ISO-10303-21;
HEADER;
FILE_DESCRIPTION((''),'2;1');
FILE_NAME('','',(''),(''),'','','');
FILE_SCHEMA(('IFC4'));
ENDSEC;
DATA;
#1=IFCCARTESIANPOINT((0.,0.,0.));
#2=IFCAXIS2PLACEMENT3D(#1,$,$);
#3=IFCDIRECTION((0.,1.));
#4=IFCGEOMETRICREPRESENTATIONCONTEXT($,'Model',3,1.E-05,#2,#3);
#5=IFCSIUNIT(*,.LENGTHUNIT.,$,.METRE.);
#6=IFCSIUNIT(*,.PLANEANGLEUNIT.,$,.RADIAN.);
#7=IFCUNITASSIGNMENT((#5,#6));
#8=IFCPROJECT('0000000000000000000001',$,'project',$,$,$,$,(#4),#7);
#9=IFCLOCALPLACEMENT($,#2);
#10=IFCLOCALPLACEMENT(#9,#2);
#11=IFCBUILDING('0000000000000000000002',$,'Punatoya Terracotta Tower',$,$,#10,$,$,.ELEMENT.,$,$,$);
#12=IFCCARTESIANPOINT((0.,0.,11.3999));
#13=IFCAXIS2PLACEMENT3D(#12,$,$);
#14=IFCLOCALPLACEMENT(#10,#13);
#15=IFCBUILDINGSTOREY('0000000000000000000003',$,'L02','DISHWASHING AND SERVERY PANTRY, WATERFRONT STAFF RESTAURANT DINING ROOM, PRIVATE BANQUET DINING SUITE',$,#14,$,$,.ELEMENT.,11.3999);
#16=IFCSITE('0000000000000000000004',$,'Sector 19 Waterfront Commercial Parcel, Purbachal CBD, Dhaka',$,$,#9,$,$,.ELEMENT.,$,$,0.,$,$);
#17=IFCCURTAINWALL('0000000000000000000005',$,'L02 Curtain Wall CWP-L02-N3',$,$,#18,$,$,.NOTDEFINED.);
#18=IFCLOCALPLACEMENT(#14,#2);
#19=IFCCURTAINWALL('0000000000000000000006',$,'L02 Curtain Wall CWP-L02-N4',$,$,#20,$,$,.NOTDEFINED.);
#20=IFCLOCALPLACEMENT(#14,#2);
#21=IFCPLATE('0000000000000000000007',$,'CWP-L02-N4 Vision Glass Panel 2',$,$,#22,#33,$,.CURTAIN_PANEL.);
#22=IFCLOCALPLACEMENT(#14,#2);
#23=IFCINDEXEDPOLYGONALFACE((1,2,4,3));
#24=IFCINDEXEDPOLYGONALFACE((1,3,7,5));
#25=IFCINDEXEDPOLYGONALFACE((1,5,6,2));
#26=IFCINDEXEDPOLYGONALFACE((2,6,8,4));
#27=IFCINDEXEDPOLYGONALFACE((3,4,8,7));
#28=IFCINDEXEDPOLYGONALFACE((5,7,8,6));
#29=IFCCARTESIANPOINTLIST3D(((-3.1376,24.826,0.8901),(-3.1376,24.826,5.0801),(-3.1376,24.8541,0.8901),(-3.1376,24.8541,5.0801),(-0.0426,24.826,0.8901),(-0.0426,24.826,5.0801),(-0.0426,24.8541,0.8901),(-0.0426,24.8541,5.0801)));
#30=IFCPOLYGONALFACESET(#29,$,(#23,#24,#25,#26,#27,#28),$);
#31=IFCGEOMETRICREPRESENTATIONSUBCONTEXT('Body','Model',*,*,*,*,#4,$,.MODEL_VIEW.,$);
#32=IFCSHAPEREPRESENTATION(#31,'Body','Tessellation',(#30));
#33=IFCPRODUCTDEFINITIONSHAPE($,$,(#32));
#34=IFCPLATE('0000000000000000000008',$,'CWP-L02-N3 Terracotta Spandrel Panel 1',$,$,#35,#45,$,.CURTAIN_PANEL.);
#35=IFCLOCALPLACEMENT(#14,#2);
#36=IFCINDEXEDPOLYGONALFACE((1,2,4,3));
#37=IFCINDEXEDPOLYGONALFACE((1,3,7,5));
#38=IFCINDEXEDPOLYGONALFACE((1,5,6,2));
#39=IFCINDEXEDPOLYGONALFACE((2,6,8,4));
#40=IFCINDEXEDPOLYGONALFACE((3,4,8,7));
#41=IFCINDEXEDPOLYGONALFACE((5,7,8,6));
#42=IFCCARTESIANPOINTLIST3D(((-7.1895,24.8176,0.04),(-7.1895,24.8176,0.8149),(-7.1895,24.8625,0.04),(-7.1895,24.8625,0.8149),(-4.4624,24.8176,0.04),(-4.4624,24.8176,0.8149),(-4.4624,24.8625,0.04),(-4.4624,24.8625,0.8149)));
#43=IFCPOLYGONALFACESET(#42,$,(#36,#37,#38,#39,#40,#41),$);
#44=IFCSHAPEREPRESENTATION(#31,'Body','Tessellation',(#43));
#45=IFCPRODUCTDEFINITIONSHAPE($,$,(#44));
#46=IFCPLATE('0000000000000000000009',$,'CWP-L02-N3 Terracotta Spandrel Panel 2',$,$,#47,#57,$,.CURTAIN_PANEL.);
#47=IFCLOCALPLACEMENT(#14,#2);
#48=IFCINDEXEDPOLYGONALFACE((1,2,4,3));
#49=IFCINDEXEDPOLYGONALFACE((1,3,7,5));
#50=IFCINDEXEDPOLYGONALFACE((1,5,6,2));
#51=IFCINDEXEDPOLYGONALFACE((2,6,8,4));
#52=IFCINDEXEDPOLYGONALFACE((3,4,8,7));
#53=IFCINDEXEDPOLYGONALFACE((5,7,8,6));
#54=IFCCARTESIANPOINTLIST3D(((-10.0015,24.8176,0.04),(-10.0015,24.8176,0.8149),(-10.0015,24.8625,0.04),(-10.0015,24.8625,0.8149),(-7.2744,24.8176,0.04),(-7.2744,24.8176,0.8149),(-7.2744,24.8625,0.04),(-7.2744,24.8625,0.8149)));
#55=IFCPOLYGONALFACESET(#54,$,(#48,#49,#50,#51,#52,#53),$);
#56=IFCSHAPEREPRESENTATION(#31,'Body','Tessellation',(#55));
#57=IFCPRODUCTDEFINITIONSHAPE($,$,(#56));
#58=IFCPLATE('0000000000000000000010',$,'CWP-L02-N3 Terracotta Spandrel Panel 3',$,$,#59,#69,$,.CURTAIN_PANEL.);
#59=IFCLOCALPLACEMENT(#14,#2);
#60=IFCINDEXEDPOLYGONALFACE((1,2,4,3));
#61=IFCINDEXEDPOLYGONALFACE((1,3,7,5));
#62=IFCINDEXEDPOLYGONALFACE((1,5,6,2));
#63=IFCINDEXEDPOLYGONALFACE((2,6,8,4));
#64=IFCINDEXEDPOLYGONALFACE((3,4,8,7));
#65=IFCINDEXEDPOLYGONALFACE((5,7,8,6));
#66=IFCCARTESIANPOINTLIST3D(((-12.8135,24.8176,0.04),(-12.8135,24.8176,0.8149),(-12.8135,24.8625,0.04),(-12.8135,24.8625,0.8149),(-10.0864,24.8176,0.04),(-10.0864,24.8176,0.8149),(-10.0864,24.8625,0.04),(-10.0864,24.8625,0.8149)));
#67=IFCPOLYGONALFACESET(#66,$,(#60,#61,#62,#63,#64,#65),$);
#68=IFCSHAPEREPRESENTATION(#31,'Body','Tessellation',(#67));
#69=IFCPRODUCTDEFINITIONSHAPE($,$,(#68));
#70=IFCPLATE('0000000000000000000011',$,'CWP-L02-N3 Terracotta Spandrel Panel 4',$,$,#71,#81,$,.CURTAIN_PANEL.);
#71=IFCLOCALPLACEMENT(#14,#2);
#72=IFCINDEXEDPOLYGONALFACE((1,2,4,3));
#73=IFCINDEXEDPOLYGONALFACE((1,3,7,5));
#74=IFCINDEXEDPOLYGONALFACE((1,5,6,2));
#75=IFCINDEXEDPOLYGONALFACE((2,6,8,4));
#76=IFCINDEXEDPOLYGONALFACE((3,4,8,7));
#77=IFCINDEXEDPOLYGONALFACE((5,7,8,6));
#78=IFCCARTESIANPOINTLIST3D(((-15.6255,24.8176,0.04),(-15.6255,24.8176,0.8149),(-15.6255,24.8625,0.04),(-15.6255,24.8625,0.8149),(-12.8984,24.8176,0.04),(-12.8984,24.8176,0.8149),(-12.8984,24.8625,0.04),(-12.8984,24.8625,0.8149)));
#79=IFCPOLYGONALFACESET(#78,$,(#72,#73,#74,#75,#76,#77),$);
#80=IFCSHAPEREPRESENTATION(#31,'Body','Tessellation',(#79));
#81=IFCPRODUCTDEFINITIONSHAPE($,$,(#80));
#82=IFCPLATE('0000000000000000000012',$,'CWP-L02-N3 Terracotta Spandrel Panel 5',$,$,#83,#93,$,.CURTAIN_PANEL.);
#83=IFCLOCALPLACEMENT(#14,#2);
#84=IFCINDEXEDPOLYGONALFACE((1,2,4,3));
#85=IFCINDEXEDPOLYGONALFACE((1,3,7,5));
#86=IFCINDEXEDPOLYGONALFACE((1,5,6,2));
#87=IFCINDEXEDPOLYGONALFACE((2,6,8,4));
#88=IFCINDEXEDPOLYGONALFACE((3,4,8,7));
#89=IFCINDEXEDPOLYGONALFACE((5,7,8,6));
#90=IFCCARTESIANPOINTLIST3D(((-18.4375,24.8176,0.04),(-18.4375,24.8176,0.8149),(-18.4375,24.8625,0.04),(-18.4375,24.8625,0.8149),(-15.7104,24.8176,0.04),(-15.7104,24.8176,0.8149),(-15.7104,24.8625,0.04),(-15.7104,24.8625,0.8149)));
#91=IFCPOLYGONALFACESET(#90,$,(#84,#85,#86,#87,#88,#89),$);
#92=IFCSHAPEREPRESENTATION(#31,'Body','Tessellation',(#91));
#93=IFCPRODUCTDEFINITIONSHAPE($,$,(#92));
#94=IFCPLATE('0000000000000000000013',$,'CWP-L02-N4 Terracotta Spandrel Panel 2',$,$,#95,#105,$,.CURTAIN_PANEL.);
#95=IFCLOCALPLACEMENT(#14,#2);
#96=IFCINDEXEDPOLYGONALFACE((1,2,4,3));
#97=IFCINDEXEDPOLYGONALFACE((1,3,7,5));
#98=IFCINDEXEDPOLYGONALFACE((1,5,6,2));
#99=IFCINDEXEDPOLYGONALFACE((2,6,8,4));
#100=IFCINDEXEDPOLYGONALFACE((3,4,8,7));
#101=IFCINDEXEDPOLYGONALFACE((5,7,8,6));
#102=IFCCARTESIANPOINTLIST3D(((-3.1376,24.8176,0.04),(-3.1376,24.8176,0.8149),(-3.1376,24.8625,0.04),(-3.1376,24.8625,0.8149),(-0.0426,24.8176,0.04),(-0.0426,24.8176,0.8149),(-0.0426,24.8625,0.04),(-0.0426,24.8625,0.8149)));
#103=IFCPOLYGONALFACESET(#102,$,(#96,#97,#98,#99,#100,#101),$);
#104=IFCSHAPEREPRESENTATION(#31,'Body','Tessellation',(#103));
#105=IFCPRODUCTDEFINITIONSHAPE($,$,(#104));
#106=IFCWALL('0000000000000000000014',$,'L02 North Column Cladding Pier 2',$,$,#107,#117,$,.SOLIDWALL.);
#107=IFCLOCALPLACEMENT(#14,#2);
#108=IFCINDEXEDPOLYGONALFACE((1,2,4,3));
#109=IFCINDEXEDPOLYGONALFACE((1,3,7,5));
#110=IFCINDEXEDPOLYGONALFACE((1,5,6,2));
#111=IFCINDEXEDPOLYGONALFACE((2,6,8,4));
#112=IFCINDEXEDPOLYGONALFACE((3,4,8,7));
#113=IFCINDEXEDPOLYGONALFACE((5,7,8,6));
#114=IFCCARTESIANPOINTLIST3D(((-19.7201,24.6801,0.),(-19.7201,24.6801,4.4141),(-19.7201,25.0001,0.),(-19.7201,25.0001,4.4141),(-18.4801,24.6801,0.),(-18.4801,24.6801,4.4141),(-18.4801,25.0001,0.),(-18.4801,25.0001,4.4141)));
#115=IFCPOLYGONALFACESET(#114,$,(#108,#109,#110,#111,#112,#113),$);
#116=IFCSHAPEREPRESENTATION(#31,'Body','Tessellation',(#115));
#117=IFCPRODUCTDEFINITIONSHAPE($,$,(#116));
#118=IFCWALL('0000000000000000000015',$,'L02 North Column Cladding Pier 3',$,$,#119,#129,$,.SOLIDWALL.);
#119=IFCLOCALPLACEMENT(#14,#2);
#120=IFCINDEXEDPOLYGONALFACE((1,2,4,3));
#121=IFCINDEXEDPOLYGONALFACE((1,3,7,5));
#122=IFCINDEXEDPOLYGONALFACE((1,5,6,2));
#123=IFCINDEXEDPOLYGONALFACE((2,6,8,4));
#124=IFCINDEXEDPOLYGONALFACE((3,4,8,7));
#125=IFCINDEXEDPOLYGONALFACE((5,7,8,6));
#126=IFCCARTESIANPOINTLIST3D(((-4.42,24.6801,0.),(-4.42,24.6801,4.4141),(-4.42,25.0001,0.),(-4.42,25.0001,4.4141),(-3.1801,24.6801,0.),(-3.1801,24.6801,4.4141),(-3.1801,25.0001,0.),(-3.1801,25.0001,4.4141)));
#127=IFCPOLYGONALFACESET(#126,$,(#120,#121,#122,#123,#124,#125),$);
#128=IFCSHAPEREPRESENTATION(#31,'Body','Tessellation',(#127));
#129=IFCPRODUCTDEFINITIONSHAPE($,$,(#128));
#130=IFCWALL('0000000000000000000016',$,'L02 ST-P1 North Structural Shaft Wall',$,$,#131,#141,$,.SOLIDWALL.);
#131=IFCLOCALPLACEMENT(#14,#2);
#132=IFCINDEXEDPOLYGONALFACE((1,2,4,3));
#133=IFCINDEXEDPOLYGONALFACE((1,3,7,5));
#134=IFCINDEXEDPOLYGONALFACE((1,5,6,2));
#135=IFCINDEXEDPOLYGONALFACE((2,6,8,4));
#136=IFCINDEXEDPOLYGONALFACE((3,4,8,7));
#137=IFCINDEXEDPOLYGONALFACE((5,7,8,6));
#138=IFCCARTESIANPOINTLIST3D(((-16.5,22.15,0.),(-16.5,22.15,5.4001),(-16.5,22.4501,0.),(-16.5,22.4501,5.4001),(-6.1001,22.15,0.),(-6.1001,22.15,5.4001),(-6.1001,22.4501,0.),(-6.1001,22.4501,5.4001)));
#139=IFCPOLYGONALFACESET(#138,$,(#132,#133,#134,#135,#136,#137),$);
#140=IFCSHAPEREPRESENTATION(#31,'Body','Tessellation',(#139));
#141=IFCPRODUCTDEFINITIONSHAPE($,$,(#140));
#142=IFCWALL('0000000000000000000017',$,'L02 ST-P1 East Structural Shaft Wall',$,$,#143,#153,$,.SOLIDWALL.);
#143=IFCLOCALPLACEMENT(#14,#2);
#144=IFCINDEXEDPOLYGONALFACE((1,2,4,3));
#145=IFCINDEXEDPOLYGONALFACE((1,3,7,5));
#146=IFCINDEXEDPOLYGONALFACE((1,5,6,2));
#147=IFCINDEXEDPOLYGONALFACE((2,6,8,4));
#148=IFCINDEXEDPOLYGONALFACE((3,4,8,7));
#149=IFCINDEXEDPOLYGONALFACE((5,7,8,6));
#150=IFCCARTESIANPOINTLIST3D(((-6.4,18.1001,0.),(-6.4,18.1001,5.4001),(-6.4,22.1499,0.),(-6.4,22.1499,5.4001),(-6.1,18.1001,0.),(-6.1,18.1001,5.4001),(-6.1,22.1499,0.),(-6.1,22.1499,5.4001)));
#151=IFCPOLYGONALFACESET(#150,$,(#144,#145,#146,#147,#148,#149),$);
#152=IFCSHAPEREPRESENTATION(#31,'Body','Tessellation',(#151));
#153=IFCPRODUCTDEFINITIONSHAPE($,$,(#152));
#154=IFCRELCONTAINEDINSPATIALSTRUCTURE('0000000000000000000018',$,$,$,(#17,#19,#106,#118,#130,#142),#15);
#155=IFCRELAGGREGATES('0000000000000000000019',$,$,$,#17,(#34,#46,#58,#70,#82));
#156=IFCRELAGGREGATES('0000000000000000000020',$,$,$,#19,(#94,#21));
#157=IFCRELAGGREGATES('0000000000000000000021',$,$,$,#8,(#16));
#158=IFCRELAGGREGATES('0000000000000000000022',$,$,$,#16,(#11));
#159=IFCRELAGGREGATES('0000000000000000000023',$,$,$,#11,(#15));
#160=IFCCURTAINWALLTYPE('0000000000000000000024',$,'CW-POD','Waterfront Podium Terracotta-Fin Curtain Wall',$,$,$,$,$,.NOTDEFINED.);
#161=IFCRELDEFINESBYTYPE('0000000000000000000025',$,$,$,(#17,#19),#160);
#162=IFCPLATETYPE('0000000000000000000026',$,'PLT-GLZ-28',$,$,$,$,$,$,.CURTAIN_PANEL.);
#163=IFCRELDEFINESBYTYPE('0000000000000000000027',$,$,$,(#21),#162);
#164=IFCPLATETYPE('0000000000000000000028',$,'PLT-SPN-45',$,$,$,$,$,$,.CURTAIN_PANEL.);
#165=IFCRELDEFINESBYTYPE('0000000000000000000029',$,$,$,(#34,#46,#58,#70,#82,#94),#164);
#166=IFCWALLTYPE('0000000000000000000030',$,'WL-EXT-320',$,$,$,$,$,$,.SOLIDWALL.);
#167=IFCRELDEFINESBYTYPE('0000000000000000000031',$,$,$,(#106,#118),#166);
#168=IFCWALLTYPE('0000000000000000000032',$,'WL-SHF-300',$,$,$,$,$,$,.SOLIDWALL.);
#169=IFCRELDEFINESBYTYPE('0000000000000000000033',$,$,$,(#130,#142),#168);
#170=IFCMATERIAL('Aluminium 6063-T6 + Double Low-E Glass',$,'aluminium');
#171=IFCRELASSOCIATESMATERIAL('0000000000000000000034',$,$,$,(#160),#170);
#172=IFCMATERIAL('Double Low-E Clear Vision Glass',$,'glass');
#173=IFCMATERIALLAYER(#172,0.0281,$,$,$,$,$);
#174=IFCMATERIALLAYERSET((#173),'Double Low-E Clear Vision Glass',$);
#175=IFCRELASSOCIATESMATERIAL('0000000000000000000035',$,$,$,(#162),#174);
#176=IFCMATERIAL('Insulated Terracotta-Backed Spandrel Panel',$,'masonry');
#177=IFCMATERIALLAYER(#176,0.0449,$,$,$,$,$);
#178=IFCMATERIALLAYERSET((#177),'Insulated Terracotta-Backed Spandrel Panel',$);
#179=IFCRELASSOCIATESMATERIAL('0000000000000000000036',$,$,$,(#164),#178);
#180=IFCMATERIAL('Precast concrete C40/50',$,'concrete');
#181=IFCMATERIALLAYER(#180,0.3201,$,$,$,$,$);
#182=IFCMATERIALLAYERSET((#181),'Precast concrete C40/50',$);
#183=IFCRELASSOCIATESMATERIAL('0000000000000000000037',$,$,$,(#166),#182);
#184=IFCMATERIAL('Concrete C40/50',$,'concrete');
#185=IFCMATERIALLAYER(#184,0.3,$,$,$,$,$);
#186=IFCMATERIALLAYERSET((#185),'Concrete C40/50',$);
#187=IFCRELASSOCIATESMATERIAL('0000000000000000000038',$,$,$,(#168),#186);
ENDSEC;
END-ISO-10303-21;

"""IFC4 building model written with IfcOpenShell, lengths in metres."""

from ifc_helpers import new_model, si_unit, direction, frame, frame_2d, origin, origin_2d, place, context, subcontext, project, spatial, rectangle, extrude, material, layer, layer_set, type_object, element, aggregate, save


model = new_model("IFC4")

# Units and contexts
model_context = context("Model", 3, precision=1e-05, world=origin(), true_north=direction((0.0, 1.0)))
body_context = subcontext(model_context, "Body", "Model", "MODEL_VIEW")
ifc_project = project(units=[si_unit("LENGTHUNIT", "METRE"), si_unit("PLANEANGLEUNIT", "RADIAN")], contexts=[model_context])

# Site, building, storey
site_placement = place(None, origin())
site = spatial("IfcSite", under=ifc_project, at=site_placement, Name="Sector 19 Waterfront Commercial Parcel, Purbachal CBD, Dhaka", CompositionType="ELEMENT", RefElevation=0.0)
building_placement = place(site_placement, origin())
building = spatial("IfcBuilding", under=site, at=building_placement, Name="Punatoya Terracotta Tower", CompositionType="ELEMENT")
storey_placement = place(building_placement, frame((0.0, 0.0, 11.3999)))
storey = spatial("IfcBuildingStorey", under=building, at=storey_placement, Name="L02", Description="DISHWASHING AND SERVERY PANTRY, WATERFRONT STAFF RESTAURANT DINING ROOM, PRIVATE BANQUET DINING SUITE", CompositionType="ELEMENT", Elevation=11.3999)

# Curtain walls
ifc_material_1 = material(Name="Aluminium 6063-T6 + Double Low-E Glass", Category="aluminium")
curtain_wall_type = type_object("IfcCurtainWallType", Name="CW-POD", Description="Waterfront Podium Terracotta-Fin Curtain Wall", PredefinedType="NOTDEFINED", material=ifc_material_1)
curtain_wall_1_placement = place(storey_placement, origin())
curtain_wall_1 = element("IfcCurtainWall", 1, at=curtain_wall_1_placement, inside=storey, type_object=curtain_wall_type, Name="L02 Curtain Wall CWP-L02-N3", PredefinedType="NOTDEFINED")
curtain_wall_2_placement = place(storey_placement, origin())
curtain_wall_2 = element("IfcCurtainWall", 2, at=curtain_wall_2_placement, inside=storey, type_object=curtain_wall_type, Name="L02 Curtain Wall CWP-L02-N4", PredefinedType="NOTDEFINED")

# Plates
ifc_material_2 = material(Name="Double Low-E Clear Vision Glass", Category="glass")
ifc_layer_1 = layer(ifc_material_2, 0.0281)
ifc_layer_set_1 = layer_set([ifc_layer_1], Name="Double Low-E Clear Vision Glass")
plate_type_1 = type_object("IfcPlateType", Name="PLT-GLZ-28", PredefinedType="CURTAIN_PANEL", material=ifc_layer_set_1)
plate_1_placement = place(storey_placement, frame((-1.5901, 24.8401, 0.8901), z_axis=(0.0, 0.0, 1.0), x_axis=(-1.0, 0.0, 0.0)))
plate_1 = element("IfcPlate", 3, at=plate_1_placement, type_object=plate_type_1, Name="CWP-L02-N4 Vision Glass Panel 2", PredefinedType="CURTAIN_PANEL", context=body_context, shape_type="SweptSolid", body=[
    extrude(rectangle(XDim=3.095, YDim=0.0281, at=origin_2d()), origin(), (0.0, 0.0, 1.0), 4.1899),
])
ifc_material_3 = material(Name="Insulated Terracotta-Backed Spandrel Panel", Category="masonry")
ifc_layer_2 = layer(ifc_material_3, 0.0449)
ifc_layer_set_2 = layer_set([ifc_layer_2], Name="Insulated Terracotta-Backed Spandrel Panel")
plate_type_2 = type_object("IfcPlateType", Name="PLT-SPN-45", PredefinedType="CURTAIN_PANEL", material=ifc_layer_set_2)
plate_2_placement = place(storey_placement, frame((-5.8259, 24.8401, 0.04), z_axis=(0.0, 0.0, 1.0), x_axis=(-1.0, 0.0, 0.0)))
plate_2 = element("IfcPlate", 4, at=plate_2_placement, type_object=plate_type_2, Name="CWP-L02-N3 Terracotta Spandrel Panel 1", PredefinedType="CURTAIN_PANEL", context=body_context, shape_type="SweptSolid", body=[
    extrude(rectangle(XDim=2.7271, YDim=0.0449, at=origin_2d()), origin(), (0.0, 0.0, 1.0), 0.7749),
])
plate_3_placement = place(storey_placement, frame((-8.6379, 24.8401, 0.04), z_axis=(0.0, 0.0, 1.0), x_axis=(-1.0, 0.0, 0.0)))
plate_3 = element("IfcPlate", 5, at=plate_3_placement, type_object=plate_type_2, Name="CWP-L02-N3 Terracotta Spandrel Panel 2", PredefinedType="CURTAIN_PANEL", context=body_context, shape_type="SweptSolid", body=[
    extrude(rectangle(XDim=2.7271, YDim=0.0449, at=origin_2d()), origin(), (0.0, 0.0, 1.0), 0.7749),
])
plate_4_placement = place(storey_placement, frame((-11.45, 24.8401, 0.04), z_axis=(0.0, 0.0, 1.0), x_axis=(-1.0, 0.0, 0.0)))
plate_4 = element("IfcPlate", 6, at=plate_4_placement, type_object=plate_type_2, Name="CWP-L02-N3 Terracotta Spandrel Panel 3", PredefinedType="CURTAIN_PANEL", context=body_context, shape_type="SweptSolid", body=[
    extrude(rectangle(XDim=2.7271, YDim=0.0449, at=origin_2d()), origin(), (0.0, 0.0, 1.0), 0.7749),
])
plate_5_placement = place(storey_placement, frame((-14.262, 24.8401, 0.04), z_axis=(0.0, 0.0, 1.0), x_axis=(-1.0, 0.0, 0.0)))
plate_5 = element("IfcPlate", 7, at=plate_5_placement, type_object=plate_type_2, Name="CWP-L02-N3 Terracotta Spandrel Panel 4", PredefinedType="CURTAIN_PANEL", context=body_context, shape_type="SweptSolid", body=[
    extrude(rectangle(XDim=2.7271, YDim=0.0449, at=origin_2d()), origin(), (0.0, 0.0, 1.0), 0.7749),
])
plate_6_placement = place(storey_placement, frame((-17.074, 24.8401, 0.04), z_axis=(0.0, 0.0, 1.0), x_axis=(-1.0, 0.0, 0.0)))
plate_6 = element("IfcPlate", 8, at=plate_6_placement, type_object=plate_type_2, Name="CWP-L02-N3 Terracotta Spandrel Panel 5", PredefinedType="CURTAIN_PANEL", context=body_context, shape_type="SweptSolid", body=[
    extrude(rectangle(XDim=2.7271, YDim=0.0449, at=origin_2d()), origin(), (0.0, 0.0, 1.0), 0.7749),
])
aggregate(curtain_wall_1, [plate_2, plate_3, plate_4, plate_5, plate_6])
plate_7_placement = place(storey_placement, frame((-1.5901, 24.8401, 0.04), z_axis=(0.0, 0.0, 1.0), x_axis=(-1.0, 0.0, 0.0)))
plate_7 = element("IfcPlate", 9, at=plate_7_placement, type_object=plate_type_2, Name="CWP-L02-N4 Terracotta Spandrel Panel 2", PredefinedType="CURTAIN_PANEL", context=body_context, shape_type="SweptSolid", body=[
    extrude(rectangle(XDim=3.095, YDim=0.0449, at=origin_2d()), origin(), (0.0, 0.0, 1.0), 0.7749),
])
aggregate(curtain_wall_2, [plate_7, plate_1])

# Walls
ifc_material_4 = material(Name="Precast concrete C40/50", Category="concrete")
ifc_layer_3 = layer(ifc_material_4, 0.3201)
ifc_layer_set_3 = layer_set([ifc_layer_3], Name="Precast concrete C40/50")
wall_type_1 = type_object("IfcWallType", Name="WL-EXT-320", PredefinedType="SOLIDWALL", material=ifc_layer_set_3)
for number, where, z_axis, x_axis, name in (
    (10, (-18.48, 24.8401, 0.0), (0.0, 0.0, 1.0), (-1.0, 0.0, 0.0), "L02 North Column Cladding Pier 2"),
    (11, (-3.1799, 24.8401, 0.0), (0.0, 0.0, 1.0), (-1.0, 0.0, 0.0), "L02 North Column Cladding Pier 3"),
):
    element("IfcWall", number, at=place(storey_placement, frame(where, z_axis=z_axis, x_axis=x_axis)), inside=storey, type_object=wall_type_1, Name=name, PredefinedType="SOLIDWALL", context=body_context, shape_type="SweptSolid", body=[
        extrude(rectangle(XDim=1.24, YDim=0.3201, at=frame_2d((0.6201, 0.0))), origin(), (0.0, 0.0, 1.0), 4.4141),
    ])
ifc_material_5 = material(Name="Concrete C40/50", Category="concrete")
ifc_layer_4 = layer(ifc_material_5, 0.3)
ifc_layer_set_4 = layer_set([ifc_layer_4], Name="Concrete C40/50")
wall_type_2 = type_object("IfcWallType", Name="WL-SHF-300", PredefinedType="SOLIDWALL", material=ifc_layer_set_4)
wall_1_placement = place(storey_placement, frame((-6.1001, 22.3, 0.0), z_axis=(0.0, 0.0, 1.0), x_axis=(-1.0, 0.0, 0.0)))
element("IfcWall", 12, at=wall_1_placement, inside=storey, type_object=wall_type_2, Name="L02 ST-P1 North Structural Shaft Wall", PredefinedType="SOLIDWALL", context=body_context, shape_type="SweptSolid", body=[
    extrude(rectangle(XDim=10.3999, YDim=0.3, at=frame_2d((5.2, 0.0))), origin(), (0.0, 0.0, 1.0), 5.4001),
])
wall_2_placement = place(storey_placement, frame((-6.25, 22.1499, 0.0), z_axis=(0.0, 0.0, 1.0), x_axis=(0.0, -1.0, 0.0)))
element("IfcWall", 13, at=wall_2_placement, inside=storey, type_object=wall_type_2, Name="L02 ST-P1 East Structural Shaft Wall", PredefinedType="SOLIDWALL", context=body_context, shape_type="SweptSolid", body=[
    extrude(rectangle(XDim=4.0498, YDim=0.3, at=frame_2d((2.0249, 0.0))), origin(), (0.0, 0.0, 1.0), 5.4001),
])

save(model, "model.ifc")
